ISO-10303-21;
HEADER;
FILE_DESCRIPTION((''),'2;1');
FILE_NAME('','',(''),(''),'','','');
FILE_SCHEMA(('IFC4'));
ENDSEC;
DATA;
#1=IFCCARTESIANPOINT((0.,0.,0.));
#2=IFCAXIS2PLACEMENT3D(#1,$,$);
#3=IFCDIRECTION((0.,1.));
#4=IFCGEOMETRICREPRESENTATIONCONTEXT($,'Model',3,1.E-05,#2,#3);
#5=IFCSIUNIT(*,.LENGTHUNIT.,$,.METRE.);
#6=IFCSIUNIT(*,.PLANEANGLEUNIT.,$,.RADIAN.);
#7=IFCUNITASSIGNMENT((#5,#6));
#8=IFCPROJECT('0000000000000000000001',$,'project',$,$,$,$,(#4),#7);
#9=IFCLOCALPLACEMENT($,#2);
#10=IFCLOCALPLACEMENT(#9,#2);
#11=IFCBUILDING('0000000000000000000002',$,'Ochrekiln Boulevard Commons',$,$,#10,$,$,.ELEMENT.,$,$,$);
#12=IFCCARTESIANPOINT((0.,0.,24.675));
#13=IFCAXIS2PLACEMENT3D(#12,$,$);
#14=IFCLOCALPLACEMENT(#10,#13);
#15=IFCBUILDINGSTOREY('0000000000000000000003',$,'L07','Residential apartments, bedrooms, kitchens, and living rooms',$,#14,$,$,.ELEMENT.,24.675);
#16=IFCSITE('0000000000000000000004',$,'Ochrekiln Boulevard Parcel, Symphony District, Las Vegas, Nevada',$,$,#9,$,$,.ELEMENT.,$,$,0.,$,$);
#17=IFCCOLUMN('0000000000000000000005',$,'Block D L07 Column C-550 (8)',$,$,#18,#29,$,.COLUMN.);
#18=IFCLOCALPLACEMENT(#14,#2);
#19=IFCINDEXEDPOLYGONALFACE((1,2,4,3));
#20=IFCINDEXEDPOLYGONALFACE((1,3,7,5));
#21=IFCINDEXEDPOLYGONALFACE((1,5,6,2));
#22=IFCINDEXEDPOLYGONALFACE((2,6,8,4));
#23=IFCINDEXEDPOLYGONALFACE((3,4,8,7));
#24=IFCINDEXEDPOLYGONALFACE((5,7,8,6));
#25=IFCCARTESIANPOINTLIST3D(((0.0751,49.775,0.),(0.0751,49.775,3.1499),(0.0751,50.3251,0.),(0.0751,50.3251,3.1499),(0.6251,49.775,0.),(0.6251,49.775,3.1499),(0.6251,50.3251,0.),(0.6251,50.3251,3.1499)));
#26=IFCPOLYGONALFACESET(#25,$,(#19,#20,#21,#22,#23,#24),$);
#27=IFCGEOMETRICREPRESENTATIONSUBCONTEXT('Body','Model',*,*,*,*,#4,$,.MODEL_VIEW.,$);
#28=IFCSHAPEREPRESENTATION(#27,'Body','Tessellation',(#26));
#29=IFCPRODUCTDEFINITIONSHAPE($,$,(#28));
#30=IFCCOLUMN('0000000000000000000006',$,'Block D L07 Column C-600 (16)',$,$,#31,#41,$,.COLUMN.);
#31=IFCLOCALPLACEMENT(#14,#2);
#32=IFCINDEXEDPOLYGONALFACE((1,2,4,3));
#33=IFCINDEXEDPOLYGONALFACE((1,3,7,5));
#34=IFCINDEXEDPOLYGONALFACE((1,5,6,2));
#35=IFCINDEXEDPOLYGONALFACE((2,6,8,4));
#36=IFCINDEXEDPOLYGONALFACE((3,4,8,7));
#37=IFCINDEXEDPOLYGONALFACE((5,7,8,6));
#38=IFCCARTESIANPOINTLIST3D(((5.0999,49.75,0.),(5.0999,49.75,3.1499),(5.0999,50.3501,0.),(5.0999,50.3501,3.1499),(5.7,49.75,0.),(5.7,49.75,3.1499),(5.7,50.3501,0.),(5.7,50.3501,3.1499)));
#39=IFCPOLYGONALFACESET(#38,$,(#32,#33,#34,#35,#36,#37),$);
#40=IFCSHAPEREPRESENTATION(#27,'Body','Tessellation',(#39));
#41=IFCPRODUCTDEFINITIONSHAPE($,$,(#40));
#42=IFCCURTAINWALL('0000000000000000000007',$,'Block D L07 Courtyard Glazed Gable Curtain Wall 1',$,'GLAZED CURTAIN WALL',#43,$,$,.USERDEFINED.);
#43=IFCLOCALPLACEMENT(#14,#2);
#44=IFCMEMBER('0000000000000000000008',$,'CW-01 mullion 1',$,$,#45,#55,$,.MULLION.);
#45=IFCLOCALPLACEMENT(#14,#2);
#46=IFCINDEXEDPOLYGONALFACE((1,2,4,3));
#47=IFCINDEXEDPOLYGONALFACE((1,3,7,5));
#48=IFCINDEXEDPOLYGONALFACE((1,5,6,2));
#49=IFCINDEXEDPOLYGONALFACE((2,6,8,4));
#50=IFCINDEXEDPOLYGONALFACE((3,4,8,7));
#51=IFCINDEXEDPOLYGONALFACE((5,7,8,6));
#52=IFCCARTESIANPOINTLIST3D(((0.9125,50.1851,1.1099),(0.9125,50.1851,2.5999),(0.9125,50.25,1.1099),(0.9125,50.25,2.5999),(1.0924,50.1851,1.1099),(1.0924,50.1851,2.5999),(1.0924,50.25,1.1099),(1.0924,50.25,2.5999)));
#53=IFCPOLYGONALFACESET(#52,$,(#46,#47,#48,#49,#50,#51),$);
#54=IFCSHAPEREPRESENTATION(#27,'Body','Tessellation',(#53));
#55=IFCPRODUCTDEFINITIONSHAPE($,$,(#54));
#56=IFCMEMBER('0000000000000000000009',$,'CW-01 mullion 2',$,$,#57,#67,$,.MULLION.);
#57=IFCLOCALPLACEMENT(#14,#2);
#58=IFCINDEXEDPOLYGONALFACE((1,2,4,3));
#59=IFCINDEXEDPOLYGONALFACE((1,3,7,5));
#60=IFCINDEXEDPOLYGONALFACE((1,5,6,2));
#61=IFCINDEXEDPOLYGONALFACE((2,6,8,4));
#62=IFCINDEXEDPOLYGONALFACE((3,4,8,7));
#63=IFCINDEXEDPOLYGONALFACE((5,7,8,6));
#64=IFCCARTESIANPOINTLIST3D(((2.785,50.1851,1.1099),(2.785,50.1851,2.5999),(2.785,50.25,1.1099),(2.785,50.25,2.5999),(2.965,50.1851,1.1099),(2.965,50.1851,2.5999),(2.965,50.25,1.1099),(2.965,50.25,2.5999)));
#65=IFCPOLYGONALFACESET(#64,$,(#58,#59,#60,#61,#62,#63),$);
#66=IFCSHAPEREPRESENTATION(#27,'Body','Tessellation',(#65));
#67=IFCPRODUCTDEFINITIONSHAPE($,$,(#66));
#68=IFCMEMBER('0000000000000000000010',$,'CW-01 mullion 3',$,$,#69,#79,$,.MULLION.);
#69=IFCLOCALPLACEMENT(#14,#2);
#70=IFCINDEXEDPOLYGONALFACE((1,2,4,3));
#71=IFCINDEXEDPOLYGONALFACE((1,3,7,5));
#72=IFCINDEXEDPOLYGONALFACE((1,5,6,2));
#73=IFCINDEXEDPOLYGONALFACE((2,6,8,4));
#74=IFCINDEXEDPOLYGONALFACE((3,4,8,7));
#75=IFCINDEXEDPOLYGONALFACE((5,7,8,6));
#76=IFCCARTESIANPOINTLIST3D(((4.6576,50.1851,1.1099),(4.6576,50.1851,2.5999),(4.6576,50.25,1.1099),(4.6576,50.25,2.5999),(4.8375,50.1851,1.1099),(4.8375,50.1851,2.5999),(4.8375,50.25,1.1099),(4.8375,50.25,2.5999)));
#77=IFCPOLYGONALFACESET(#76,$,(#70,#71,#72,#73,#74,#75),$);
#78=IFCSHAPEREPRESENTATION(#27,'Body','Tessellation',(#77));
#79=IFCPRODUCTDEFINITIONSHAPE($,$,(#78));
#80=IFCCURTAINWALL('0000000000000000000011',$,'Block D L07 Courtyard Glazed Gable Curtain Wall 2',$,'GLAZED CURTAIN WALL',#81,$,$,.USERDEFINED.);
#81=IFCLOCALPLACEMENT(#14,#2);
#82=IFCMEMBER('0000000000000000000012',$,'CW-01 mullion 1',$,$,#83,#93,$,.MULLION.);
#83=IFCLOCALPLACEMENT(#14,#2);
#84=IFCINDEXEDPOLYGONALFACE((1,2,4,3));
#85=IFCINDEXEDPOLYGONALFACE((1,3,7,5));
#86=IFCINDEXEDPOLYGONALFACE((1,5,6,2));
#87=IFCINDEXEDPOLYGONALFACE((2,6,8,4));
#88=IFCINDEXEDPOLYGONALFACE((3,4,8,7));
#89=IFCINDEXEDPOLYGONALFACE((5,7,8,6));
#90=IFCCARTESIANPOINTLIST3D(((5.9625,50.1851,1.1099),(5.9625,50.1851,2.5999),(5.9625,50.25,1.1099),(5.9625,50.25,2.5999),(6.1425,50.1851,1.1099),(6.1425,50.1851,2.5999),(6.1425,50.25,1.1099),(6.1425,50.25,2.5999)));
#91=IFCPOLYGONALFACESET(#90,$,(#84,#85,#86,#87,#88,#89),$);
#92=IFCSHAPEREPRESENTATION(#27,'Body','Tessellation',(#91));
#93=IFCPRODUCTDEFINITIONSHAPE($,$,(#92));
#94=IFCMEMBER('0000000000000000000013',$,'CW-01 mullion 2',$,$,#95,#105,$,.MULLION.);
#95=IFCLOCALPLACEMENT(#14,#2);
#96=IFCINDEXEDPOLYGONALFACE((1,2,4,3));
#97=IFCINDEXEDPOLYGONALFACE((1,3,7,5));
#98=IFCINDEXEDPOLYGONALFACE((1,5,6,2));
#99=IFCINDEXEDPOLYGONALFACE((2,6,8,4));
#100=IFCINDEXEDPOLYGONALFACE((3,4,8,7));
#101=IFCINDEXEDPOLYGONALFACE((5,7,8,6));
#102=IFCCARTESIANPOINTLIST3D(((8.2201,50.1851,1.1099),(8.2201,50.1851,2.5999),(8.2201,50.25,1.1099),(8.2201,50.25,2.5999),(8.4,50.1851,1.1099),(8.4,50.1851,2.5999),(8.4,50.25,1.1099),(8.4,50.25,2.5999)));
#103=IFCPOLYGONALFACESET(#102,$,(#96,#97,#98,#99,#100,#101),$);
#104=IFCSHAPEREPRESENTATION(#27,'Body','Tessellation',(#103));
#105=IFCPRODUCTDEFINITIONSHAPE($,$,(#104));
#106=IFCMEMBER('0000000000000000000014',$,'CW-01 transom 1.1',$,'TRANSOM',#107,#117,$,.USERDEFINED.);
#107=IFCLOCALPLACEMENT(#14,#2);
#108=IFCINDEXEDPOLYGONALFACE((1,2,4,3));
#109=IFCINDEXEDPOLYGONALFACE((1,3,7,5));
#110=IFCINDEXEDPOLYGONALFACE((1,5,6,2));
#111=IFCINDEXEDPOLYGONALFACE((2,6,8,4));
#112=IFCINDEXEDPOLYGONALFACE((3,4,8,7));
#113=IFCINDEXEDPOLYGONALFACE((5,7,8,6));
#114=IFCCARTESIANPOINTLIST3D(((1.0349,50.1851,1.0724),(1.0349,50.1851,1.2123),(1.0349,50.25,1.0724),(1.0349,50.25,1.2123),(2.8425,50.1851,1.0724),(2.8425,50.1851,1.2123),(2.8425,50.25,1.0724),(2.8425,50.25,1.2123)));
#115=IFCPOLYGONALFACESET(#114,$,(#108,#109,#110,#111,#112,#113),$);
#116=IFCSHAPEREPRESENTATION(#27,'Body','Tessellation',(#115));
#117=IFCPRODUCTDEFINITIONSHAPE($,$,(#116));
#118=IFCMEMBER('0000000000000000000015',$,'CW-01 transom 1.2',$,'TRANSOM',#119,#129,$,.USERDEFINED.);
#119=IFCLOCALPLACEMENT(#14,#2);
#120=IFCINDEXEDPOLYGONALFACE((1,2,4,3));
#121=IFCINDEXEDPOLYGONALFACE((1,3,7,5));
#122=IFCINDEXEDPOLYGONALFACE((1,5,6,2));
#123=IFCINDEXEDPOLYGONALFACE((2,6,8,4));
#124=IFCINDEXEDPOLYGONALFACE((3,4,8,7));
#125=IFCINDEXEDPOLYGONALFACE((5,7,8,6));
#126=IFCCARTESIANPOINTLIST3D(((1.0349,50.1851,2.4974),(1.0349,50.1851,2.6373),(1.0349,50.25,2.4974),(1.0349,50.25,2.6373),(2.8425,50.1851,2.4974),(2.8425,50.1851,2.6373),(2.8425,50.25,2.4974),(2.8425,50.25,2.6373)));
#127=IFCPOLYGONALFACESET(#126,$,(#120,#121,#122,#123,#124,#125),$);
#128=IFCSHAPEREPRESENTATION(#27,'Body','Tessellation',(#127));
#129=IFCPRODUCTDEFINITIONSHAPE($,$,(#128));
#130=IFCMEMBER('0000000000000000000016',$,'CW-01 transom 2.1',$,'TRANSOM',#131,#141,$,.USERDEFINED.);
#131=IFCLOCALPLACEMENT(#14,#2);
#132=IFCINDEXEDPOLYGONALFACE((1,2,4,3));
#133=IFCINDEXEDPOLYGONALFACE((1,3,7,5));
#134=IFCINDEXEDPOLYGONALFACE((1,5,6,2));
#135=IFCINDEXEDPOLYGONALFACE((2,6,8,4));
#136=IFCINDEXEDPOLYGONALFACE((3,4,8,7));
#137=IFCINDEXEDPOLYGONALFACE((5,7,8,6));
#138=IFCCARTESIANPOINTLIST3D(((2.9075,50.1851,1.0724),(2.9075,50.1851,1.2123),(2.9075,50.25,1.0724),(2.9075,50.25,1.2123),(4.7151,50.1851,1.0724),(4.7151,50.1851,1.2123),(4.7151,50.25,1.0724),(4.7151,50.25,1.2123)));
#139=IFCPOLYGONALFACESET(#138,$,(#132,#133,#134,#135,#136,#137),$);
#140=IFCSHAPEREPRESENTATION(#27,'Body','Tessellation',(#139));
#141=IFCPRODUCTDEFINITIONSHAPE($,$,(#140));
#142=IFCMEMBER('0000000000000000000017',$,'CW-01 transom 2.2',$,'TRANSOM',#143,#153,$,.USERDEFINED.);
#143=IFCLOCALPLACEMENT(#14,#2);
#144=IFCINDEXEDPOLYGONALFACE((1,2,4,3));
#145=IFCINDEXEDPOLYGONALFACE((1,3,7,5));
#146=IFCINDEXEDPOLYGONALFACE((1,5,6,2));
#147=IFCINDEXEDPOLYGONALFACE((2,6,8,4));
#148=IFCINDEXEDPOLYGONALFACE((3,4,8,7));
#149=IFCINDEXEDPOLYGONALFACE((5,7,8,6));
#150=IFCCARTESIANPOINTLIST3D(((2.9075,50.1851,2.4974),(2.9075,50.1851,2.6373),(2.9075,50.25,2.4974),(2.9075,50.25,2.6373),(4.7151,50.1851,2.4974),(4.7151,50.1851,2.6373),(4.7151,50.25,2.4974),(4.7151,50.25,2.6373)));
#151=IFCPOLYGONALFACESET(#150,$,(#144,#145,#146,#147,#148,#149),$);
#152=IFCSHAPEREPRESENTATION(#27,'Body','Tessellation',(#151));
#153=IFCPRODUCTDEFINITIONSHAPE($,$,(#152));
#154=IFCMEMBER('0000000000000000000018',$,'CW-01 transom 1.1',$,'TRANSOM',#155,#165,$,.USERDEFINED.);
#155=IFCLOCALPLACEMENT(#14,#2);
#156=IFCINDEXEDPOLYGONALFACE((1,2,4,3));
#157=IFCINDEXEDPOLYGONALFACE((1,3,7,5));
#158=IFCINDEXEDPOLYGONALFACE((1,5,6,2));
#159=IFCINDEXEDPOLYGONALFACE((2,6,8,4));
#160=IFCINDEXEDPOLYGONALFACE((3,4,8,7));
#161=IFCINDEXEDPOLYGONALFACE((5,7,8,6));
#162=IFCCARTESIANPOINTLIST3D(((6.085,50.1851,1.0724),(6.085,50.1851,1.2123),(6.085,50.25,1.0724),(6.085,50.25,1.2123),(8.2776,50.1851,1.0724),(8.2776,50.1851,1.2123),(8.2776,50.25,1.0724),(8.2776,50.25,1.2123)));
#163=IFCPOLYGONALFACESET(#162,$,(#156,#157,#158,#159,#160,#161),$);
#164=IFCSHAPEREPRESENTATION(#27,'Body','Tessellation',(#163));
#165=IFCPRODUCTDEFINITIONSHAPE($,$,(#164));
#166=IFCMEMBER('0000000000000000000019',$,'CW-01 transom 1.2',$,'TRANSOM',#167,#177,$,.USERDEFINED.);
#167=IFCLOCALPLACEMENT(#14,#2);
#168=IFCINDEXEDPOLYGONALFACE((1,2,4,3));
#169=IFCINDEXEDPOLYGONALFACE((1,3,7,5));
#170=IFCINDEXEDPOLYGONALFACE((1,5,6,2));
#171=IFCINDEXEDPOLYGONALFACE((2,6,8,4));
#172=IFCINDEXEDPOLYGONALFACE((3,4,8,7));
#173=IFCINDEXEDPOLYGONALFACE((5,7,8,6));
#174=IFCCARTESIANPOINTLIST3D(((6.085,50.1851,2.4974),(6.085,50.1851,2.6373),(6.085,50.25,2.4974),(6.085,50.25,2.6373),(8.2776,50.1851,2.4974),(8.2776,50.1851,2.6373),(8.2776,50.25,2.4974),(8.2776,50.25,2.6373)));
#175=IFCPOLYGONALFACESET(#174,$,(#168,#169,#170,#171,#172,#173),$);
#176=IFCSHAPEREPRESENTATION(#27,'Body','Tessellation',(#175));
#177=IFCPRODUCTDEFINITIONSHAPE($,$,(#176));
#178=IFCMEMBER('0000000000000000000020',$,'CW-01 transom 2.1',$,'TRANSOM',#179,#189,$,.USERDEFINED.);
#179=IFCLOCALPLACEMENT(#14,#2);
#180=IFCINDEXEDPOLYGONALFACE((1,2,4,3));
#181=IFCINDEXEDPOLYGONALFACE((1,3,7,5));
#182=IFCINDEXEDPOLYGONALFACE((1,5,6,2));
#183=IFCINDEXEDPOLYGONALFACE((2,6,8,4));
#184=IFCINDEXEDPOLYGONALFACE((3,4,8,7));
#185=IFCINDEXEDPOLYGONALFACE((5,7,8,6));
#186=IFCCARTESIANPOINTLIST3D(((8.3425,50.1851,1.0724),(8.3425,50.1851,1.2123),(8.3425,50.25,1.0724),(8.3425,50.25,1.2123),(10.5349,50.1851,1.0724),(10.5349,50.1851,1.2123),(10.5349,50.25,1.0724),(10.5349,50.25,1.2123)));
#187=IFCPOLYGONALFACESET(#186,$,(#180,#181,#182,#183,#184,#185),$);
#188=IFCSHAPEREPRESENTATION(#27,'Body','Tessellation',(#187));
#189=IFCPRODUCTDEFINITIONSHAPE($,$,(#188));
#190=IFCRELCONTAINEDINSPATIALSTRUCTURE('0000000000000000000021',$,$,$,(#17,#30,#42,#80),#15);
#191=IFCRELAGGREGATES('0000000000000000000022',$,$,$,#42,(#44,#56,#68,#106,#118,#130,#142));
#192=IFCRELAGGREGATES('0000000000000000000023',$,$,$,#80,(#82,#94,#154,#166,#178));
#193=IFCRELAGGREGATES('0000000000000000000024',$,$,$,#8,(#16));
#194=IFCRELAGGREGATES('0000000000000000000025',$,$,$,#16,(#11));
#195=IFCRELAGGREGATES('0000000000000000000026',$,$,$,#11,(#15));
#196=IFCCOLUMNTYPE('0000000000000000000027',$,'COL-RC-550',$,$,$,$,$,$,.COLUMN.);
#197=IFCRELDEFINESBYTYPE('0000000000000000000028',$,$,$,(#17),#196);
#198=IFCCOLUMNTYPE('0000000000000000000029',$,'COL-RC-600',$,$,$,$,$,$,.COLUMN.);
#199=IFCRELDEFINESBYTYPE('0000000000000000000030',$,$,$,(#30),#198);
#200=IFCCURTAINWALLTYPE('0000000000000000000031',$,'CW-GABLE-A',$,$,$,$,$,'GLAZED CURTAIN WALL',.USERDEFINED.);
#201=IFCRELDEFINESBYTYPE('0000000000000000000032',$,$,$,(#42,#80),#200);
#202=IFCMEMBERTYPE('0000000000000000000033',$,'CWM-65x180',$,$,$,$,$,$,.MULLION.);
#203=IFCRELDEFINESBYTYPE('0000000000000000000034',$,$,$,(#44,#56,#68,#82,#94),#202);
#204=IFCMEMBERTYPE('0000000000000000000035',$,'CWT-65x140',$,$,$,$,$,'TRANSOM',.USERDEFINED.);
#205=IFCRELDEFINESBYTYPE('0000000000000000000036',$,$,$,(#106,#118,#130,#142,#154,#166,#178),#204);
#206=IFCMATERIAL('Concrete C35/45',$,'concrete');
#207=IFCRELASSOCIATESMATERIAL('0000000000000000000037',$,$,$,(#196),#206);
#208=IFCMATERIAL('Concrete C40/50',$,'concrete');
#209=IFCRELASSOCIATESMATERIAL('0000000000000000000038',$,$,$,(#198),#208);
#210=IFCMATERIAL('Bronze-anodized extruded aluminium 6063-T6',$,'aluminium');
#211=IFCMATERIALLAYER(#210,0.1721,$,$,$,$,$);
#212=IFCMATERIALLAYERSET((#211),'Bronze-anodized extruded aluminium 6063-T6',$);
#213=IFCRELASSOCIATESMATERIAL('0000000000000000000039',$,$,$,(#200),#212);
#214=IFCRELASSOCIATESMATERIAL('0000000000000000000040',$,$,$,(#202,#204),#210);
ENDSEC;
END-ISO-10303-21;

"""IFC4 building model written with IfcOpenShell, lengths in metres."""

from ifc_helpers import new_model, si_unit, direction, frame, origin, origin_2d, place, context, subcontext, project, spatial, rectangle, extrude, material, layer, layer_set, material_profile, profile_set, type_object, element, aggregate, save


model = new_model("IFC4")

# Units and contexts
model_context = context("Model", 3, precision=1e-05, world=origin(), true_north=direction((0.0, 1.0)))
body_context = subcontext(model_context, "Body", "Model", "MODEL_VIEW")
ifc_project = project(units=[si_unit("LENGTHUNIT", "METRE"), si_unit("PLANEANGLEUNIT", "RADIAN")], contexts=[model_context])

# Site, building, storey
site_placement = place(None, origin())
site = spatial("IfcSite", under=ifc_project, at=site_placement, Name="Ochrekiln Boulevard Parcel, Symphony District, Las Vegas, Nevada", CompositionType="ELEMENT", RefElevation=0.0)
building_placement = place(site_placement, origin())
building = spatial("IfcBuilding", under=site, at=building_placement, Name="Ochrekiln Boulevard Commons", CompositionType="ELEMENT")
storey_placement = place(building_placement, frame((0.0, 0.0, 24.675)))
storey = spatial("IfcBuildingStorey", under=building, at=storey_placement, Name="L07", Description="Residential apartments, bedrooms, kitchens, and living rooms", CompositionType="ELEMENT", Elevation=24.675)

# Columns
ifc_material_1 = material(Name="Concrete C35/45", Category="concrete")
ifc_material_profile_1 = material_profile(ifc_material_1, rectangle(XDim=0.55, YDim=0.55, at=origin_2d()), Name="RC-COL-550x550")
ifc_profile_set_1 = profile_set([ifc_material_profile_1], Name="Concrete C35/45")
column_type_1 = type_object("IfcColumnType", Name="COL-RC-550", PredefinedType="COLUMN", material=ifc_profile_set_1)
column_1_placement = place(storey_placement, frame((0.3501, 50.05, 0.0), z_axis=(0.0, 0.0, 1.0), x_axis=(1.0, 0.0, 0.0)))
element("IfcColumn", 1, at=column_1_placement, inside=storey, type_object=column_type_1, Name="Block D L07 Column C-550 (8)", PredefinedType="COLUMN", context=body_context, shape_type="SweptSolid", body=[
    extrude(rectangle(XDim=0.55, YDim=0.55, at=origin_2d()), origin(), (0.0, 0.0, 1.0), 3.1499),
])
ifc_material_2 = material(Name="Concrete C40/50", Category="concrete")
ifc_material_profile_2 = material_profile(ifc_material_2, rectangle(XDim=0.6001, YDim=0.6001, at=origin_2d()), Name="RC-COL-600x600")
ifc_profile_set_2 = profile_set([ifc_material_profile_2], Name="Concrete C40/50")
column_type_2 = type_object("IfcColumnType", Name="COL-RC-600", PredefinedType="COLUMN", material=ifc_profile_set_2)
column_2_placement = place(storey_placement, frame((5.3999, 50.05, 0.0), z_axis=(0.0, 0.0, 1.0), x_axis=(1.0, 0.0, 0.0)))
element("IfcColumn", 2, at=column_2_placement, inside=storey, type_object=column_type_2, Name="Block D L07 Column C-600 (16)", PredefinedType="COLUMN", context=body_context, shape_type="SweptSolid", body=[
    extrude(rectangle(XDim=0.6001, YDim=0.6001, at=origin_2d()), origin(), (0.0, 0.0, 1.0), 3.1499),
])

# Curtain walls, members
ifc_material_3 = material(Name="Bronze-anodized extruded aluminium 6063-T6", Category="aluminium")
ifc_layer_1 = layer(ifc_material_3, 0.1721)
ifc_layer_set_1 = layer_set([ifc_layer_1], Name="Bronze-anodized extruded aluminium 6063-T6")
curtain_wall_type = type_object("IfcCurtainWallType", Name="CW-GABLE-A", ElementType="GLAZED CURTAIN WALL", PredefinedType="USERDEFINED", material=ifc_layer_set_1)
curtain_wall_1_placement = place(storey_placement, origin())
curtain_wall_1 = element("IfcCurtainWall", 3, at=curtain_wall_1_placement, inside=storey, type_object=curtain_wall_type, Name="Block D L07 Courtyard Glazed Gable Curtain Wall 1", ObjectType="GLAZED CURTAIN WALL", PredefinedType="USERDEFINED")
ifc_material_profile_3 = material_profile(ifc_material_3, rectangle(XDim=0.0649, YDim=0.1799, at=origin_2d()), Name="ALU-MUL-65x180")
ifc_profile_set_3 = profile_set([ifc_material_profile_3], Name="Bronze-anodized extruded aluminium 6063-T6")
member_type_1 = type_object("IfcMemberType", Name="CWM-65x180", PredefinedType="MULLION", material=ifc_profile_set_3)
member_1_placement = place(storey_placement, frame((1.0024, 50.2175, 1.1099), z_axis=(0.0, 0.0, 1.0), x_axis=(0.0, 1.0, 0.0)))
member_1 = element("IfcMember", 4, at=member_1_placement, type_object=member_type_1, Name="CW-01 mullion 1", PredefinedType="MULLION", context=body_context, shape_type="SweptSolid", body=[
    extrude(rectangle(XDim=0.0649, YDim=0.1799, at=origin_2d()), origin(), (0.0, 0.0, 1.0), 1.49),
])
member_2_placement = place(storey_placement, frame((2.875, 50.2175, 1.1099), z_axis=(0.0, 0.0, 1.0), x_axis=(0.0, 1.0, 0.0)))
member_2 = element("IfcMember", 5, at=member_2_placement, type_object=member_type_1, Name="CW-01 mullion 2", PredefinedType="MULLION", context=body_context, shape_type="SweptSolid", body=[
    extrude(rectangle(XDim=0.0649, YDim=0.1799, at=origin_2d()), origin(), (0.0, 0.0, 1.0), 1.49),
])
member_3_placement = place(storey_placement, frame((4.7476, 50.2175, 1.1099), z_axis=(0.0, 0.0, 1.0), x_axis=(0.0, 1.0, 0.0)))
member_3 = element("IfcMember", 6, at=member_3_placement, type_object=member_type_1, Name="CW-01 mullion 3", PredefinedType="MULLION", context=body_context, shape_type="SweptSolid", body=[
    extrude(rectangle(XDim=0.0649, YDim=0.1799, at=origin_2d()), origin(), (0.0, 0.0, 1.0), 1.49),
])
curtain_wall_2_placement = place(storey_placement, origin())
curtain_wall_2 = element("IfcCurtainWall", 7, at=curtain_wall_2_placement, inside=storey, type_object=curtain_wall_type, Name="Block D L07 Courtyard Glazed Gable Curtain Wall 2", ObjectType="GLAZED CURTAIN WALL", PredefinedType="USERDEFINED")
member_4_placement = place(storey_placement, frame((6.0525, 50.2175, 1.1099), z_axis=(0.0, 0.0, 1.0), x_axis=(0.0, 1.0, 0.0)))
member_4 = element("IfcMember", 8, at=member_4_placement, type_object=member_type_1, Name="CW-01 mullion 1", PredefinedType="MULLION", context=body_context, shape_type="SweptSolid", body=[
    extrude(rectangle(XDim=0.0649, YDim=0.1799, at=origin_2d()), origin(), (0.0, 0.0, 1.0), 1.49),
])
member_5_placement = place(storey_placement, frame((8.3101, 50.2175, 1.1099), z_axis=(0.0, 0.0, 1.0), x_axis=(0.0, 1.0, 0.0)))
member_5 = element("IfcMember", 9, at=member_5_placement, type_object=member_type_1, Name="CW-01 mullion 2", PredefinedType="MULLION", context=body_context, shape_type="SweptSolid", body=[
    extrude(rectangle(XDim=0.0649, YDim=0.1799, at=origin_2d()), origin(), (0.0, 0.0, 1.0), 1.49),
])

# Members
ifc_material_profile_4 = material_profile(ifc_material_3, rectangle(XDim=0.0649, YDim=0.1399, at=origin_2d()), Name="ALU-TRN-65x140")
ifc_profile_set_4 = profile_set([ifc_material_profile_4], Name="Bronze-anodized extruded aluminium 6063-T6")
member_type_2 = type_object("IfcMemberType", Name="CWT-65x140", ElementType="TRANSOM", PredefinedType="USERDEFINED", material=ifc_profile_set_4)
member_6_placement = place(storey_placement, frame((1.0349, 50.2175, 1.1423), z_axis=(1.0, 0.0, 0.0), x_axis=(0.0, 1.0, 0.0)))
member_6 = element("IfcMember", 10, at=member_6_placement, type_object=member_type_2, Name="CW-01 transom 1.1", ObjectType="TRANSOM", PredefinedType="USERDEFINED", context=body_context, shape_type="SweptSolid", body=[
    extrude(rectangle(XDim=0.0649, YDim=0.1399, at=origin_2d()), origin(), (0.0, 0.0, 1.0), 1.8076),
])
member_7_placement = place(storey_placement, frame((1.0349, 50.2175, 2.5674), z_axis=(1.0, 0.0, 0.0), x_axis=(0.0, 1.0, 0.0)))
member_7 = element("IfcMember", 11, at=member_7_placement, type_object=member_type_2, Name="CW-01 transom 1.2", ObjectType="TRANSOM", PredefinedType="USERDEFINED", context=body_context, shape_type="SweptSolid", body=[
    extrude(rectangle(XDim=0.0649, YDim=0.1399, at=origin_2d()), origin(), (0.0, 0.0, 1.0), 1.8076),
])
member_8_placement = place(storey_placement, frame((2.9075, 50.2175, 1.1423), z_axis=(1.0, 0.0, 0.0), x_axis=(0.0, 1.0, 0.0)))
member_8 = element("IfcMember", 12, at=member_8_placement, type_object=member_type_2, Name="CW-01 transom 2.1", ObjectType="TRANSOM", PredefinedType="USERDEFINED", context=body_context, shape_type="SweptSolid", body=[
    extrude(rectangle(XDim=0.0649, YDim=0.1399, at=origin_2d()), origin(), (0.0, 0.0, 1.0), 1.8076),
])
member_9_placement = place(storey_placement, frame((2.9075, 50.2175, 2.5674), z_axis=(1.0, 0.0, 0.0), x_axis=(0.0, 1.0, 0.0)))
member_9 = element("IfcMember", 13, at=member_9_placement, type_object=member_type_2, Name="CW-01 transom 2.2", ObjectType="TRANSOM", PredefinedType="USERDEFINED", context=body_context, shape_type="SweptSolid", body=[
    extrude(rectangle(XDim=0.0649, YDim=0.1399, at=origin_2d()), origin(), (0.0, 0.0, 1.0), 1.8076),
])
member_10_placement = place(storey_placement, frame((6.085, 50.2175, 1.1423), z_axis=(1.0, 0.0, 0.0), x_axis=(0.0, 1.0, 0.0)))
member_10 = element("IfcMember", 14, at=member_10_placement, type_object=member_type_2, Name="CW-01 transom 1.1", ObjectType="TRANSOM", PredefinedType="USERDEFINED", context=body_context, shape_type="SweptSolid", body=[
    extrude(rectangle(XDim=0.0649, YDim=0.1399, at=origin_2d()), origin(), (0.0, 0.0, 1.0), 2.1926),
])
member_11_placement = place(storey_placement, frame((6.085, 50.2175, 2.5674), z_axis=(1.0, 0.0, 0.0), x_axis=(0.0, 1.0, 0.0)))
member_11 = element("IfcMember", 15, at=member_11_placement, type_object=member_type_2, Name="CW-01 transom 1.2", ObjectType="TRANSOM", PredefinedType="USERDEFINED", context=body_context, shape_type="SweptSolid", body=[
    extrude(rectangle(XDim=0.0649, YDim=0.1399, at=origin_2d()), origin(), (0.0, 0.0, 1.0), 2.1926),
])
member_12_placement = place(storey_placement, frame((8.3425, 50.2175, 1.1423), z_axis=(1.0, 0.0, 0.0), x_axis=(0.0, 1.0, 0.0)))
member_12 = element("IfcMember", 16, at=member_12_placement, type_object=member_type_2, Name="CW-01 transom 2.1", ObjectType="TRANSOM", PredefinedType="USERDEFINED", context=body_context, shape_type="SweptSolid", body=[
    extrude(rectangle(XDim=0.0649, YDim=0.1399, at=origin_2d()), origin(), (0.0, 0.0, 1.0), 2.1924),
])

aggregate(curtain_wall_1, [member_1, member_2, member_3, member_6, member_7, member_8, member_9])
aggregate(curtain_wall_2, [member_4, member_5, member_10, member_11, member_12])

save(model, "model.ifc")
